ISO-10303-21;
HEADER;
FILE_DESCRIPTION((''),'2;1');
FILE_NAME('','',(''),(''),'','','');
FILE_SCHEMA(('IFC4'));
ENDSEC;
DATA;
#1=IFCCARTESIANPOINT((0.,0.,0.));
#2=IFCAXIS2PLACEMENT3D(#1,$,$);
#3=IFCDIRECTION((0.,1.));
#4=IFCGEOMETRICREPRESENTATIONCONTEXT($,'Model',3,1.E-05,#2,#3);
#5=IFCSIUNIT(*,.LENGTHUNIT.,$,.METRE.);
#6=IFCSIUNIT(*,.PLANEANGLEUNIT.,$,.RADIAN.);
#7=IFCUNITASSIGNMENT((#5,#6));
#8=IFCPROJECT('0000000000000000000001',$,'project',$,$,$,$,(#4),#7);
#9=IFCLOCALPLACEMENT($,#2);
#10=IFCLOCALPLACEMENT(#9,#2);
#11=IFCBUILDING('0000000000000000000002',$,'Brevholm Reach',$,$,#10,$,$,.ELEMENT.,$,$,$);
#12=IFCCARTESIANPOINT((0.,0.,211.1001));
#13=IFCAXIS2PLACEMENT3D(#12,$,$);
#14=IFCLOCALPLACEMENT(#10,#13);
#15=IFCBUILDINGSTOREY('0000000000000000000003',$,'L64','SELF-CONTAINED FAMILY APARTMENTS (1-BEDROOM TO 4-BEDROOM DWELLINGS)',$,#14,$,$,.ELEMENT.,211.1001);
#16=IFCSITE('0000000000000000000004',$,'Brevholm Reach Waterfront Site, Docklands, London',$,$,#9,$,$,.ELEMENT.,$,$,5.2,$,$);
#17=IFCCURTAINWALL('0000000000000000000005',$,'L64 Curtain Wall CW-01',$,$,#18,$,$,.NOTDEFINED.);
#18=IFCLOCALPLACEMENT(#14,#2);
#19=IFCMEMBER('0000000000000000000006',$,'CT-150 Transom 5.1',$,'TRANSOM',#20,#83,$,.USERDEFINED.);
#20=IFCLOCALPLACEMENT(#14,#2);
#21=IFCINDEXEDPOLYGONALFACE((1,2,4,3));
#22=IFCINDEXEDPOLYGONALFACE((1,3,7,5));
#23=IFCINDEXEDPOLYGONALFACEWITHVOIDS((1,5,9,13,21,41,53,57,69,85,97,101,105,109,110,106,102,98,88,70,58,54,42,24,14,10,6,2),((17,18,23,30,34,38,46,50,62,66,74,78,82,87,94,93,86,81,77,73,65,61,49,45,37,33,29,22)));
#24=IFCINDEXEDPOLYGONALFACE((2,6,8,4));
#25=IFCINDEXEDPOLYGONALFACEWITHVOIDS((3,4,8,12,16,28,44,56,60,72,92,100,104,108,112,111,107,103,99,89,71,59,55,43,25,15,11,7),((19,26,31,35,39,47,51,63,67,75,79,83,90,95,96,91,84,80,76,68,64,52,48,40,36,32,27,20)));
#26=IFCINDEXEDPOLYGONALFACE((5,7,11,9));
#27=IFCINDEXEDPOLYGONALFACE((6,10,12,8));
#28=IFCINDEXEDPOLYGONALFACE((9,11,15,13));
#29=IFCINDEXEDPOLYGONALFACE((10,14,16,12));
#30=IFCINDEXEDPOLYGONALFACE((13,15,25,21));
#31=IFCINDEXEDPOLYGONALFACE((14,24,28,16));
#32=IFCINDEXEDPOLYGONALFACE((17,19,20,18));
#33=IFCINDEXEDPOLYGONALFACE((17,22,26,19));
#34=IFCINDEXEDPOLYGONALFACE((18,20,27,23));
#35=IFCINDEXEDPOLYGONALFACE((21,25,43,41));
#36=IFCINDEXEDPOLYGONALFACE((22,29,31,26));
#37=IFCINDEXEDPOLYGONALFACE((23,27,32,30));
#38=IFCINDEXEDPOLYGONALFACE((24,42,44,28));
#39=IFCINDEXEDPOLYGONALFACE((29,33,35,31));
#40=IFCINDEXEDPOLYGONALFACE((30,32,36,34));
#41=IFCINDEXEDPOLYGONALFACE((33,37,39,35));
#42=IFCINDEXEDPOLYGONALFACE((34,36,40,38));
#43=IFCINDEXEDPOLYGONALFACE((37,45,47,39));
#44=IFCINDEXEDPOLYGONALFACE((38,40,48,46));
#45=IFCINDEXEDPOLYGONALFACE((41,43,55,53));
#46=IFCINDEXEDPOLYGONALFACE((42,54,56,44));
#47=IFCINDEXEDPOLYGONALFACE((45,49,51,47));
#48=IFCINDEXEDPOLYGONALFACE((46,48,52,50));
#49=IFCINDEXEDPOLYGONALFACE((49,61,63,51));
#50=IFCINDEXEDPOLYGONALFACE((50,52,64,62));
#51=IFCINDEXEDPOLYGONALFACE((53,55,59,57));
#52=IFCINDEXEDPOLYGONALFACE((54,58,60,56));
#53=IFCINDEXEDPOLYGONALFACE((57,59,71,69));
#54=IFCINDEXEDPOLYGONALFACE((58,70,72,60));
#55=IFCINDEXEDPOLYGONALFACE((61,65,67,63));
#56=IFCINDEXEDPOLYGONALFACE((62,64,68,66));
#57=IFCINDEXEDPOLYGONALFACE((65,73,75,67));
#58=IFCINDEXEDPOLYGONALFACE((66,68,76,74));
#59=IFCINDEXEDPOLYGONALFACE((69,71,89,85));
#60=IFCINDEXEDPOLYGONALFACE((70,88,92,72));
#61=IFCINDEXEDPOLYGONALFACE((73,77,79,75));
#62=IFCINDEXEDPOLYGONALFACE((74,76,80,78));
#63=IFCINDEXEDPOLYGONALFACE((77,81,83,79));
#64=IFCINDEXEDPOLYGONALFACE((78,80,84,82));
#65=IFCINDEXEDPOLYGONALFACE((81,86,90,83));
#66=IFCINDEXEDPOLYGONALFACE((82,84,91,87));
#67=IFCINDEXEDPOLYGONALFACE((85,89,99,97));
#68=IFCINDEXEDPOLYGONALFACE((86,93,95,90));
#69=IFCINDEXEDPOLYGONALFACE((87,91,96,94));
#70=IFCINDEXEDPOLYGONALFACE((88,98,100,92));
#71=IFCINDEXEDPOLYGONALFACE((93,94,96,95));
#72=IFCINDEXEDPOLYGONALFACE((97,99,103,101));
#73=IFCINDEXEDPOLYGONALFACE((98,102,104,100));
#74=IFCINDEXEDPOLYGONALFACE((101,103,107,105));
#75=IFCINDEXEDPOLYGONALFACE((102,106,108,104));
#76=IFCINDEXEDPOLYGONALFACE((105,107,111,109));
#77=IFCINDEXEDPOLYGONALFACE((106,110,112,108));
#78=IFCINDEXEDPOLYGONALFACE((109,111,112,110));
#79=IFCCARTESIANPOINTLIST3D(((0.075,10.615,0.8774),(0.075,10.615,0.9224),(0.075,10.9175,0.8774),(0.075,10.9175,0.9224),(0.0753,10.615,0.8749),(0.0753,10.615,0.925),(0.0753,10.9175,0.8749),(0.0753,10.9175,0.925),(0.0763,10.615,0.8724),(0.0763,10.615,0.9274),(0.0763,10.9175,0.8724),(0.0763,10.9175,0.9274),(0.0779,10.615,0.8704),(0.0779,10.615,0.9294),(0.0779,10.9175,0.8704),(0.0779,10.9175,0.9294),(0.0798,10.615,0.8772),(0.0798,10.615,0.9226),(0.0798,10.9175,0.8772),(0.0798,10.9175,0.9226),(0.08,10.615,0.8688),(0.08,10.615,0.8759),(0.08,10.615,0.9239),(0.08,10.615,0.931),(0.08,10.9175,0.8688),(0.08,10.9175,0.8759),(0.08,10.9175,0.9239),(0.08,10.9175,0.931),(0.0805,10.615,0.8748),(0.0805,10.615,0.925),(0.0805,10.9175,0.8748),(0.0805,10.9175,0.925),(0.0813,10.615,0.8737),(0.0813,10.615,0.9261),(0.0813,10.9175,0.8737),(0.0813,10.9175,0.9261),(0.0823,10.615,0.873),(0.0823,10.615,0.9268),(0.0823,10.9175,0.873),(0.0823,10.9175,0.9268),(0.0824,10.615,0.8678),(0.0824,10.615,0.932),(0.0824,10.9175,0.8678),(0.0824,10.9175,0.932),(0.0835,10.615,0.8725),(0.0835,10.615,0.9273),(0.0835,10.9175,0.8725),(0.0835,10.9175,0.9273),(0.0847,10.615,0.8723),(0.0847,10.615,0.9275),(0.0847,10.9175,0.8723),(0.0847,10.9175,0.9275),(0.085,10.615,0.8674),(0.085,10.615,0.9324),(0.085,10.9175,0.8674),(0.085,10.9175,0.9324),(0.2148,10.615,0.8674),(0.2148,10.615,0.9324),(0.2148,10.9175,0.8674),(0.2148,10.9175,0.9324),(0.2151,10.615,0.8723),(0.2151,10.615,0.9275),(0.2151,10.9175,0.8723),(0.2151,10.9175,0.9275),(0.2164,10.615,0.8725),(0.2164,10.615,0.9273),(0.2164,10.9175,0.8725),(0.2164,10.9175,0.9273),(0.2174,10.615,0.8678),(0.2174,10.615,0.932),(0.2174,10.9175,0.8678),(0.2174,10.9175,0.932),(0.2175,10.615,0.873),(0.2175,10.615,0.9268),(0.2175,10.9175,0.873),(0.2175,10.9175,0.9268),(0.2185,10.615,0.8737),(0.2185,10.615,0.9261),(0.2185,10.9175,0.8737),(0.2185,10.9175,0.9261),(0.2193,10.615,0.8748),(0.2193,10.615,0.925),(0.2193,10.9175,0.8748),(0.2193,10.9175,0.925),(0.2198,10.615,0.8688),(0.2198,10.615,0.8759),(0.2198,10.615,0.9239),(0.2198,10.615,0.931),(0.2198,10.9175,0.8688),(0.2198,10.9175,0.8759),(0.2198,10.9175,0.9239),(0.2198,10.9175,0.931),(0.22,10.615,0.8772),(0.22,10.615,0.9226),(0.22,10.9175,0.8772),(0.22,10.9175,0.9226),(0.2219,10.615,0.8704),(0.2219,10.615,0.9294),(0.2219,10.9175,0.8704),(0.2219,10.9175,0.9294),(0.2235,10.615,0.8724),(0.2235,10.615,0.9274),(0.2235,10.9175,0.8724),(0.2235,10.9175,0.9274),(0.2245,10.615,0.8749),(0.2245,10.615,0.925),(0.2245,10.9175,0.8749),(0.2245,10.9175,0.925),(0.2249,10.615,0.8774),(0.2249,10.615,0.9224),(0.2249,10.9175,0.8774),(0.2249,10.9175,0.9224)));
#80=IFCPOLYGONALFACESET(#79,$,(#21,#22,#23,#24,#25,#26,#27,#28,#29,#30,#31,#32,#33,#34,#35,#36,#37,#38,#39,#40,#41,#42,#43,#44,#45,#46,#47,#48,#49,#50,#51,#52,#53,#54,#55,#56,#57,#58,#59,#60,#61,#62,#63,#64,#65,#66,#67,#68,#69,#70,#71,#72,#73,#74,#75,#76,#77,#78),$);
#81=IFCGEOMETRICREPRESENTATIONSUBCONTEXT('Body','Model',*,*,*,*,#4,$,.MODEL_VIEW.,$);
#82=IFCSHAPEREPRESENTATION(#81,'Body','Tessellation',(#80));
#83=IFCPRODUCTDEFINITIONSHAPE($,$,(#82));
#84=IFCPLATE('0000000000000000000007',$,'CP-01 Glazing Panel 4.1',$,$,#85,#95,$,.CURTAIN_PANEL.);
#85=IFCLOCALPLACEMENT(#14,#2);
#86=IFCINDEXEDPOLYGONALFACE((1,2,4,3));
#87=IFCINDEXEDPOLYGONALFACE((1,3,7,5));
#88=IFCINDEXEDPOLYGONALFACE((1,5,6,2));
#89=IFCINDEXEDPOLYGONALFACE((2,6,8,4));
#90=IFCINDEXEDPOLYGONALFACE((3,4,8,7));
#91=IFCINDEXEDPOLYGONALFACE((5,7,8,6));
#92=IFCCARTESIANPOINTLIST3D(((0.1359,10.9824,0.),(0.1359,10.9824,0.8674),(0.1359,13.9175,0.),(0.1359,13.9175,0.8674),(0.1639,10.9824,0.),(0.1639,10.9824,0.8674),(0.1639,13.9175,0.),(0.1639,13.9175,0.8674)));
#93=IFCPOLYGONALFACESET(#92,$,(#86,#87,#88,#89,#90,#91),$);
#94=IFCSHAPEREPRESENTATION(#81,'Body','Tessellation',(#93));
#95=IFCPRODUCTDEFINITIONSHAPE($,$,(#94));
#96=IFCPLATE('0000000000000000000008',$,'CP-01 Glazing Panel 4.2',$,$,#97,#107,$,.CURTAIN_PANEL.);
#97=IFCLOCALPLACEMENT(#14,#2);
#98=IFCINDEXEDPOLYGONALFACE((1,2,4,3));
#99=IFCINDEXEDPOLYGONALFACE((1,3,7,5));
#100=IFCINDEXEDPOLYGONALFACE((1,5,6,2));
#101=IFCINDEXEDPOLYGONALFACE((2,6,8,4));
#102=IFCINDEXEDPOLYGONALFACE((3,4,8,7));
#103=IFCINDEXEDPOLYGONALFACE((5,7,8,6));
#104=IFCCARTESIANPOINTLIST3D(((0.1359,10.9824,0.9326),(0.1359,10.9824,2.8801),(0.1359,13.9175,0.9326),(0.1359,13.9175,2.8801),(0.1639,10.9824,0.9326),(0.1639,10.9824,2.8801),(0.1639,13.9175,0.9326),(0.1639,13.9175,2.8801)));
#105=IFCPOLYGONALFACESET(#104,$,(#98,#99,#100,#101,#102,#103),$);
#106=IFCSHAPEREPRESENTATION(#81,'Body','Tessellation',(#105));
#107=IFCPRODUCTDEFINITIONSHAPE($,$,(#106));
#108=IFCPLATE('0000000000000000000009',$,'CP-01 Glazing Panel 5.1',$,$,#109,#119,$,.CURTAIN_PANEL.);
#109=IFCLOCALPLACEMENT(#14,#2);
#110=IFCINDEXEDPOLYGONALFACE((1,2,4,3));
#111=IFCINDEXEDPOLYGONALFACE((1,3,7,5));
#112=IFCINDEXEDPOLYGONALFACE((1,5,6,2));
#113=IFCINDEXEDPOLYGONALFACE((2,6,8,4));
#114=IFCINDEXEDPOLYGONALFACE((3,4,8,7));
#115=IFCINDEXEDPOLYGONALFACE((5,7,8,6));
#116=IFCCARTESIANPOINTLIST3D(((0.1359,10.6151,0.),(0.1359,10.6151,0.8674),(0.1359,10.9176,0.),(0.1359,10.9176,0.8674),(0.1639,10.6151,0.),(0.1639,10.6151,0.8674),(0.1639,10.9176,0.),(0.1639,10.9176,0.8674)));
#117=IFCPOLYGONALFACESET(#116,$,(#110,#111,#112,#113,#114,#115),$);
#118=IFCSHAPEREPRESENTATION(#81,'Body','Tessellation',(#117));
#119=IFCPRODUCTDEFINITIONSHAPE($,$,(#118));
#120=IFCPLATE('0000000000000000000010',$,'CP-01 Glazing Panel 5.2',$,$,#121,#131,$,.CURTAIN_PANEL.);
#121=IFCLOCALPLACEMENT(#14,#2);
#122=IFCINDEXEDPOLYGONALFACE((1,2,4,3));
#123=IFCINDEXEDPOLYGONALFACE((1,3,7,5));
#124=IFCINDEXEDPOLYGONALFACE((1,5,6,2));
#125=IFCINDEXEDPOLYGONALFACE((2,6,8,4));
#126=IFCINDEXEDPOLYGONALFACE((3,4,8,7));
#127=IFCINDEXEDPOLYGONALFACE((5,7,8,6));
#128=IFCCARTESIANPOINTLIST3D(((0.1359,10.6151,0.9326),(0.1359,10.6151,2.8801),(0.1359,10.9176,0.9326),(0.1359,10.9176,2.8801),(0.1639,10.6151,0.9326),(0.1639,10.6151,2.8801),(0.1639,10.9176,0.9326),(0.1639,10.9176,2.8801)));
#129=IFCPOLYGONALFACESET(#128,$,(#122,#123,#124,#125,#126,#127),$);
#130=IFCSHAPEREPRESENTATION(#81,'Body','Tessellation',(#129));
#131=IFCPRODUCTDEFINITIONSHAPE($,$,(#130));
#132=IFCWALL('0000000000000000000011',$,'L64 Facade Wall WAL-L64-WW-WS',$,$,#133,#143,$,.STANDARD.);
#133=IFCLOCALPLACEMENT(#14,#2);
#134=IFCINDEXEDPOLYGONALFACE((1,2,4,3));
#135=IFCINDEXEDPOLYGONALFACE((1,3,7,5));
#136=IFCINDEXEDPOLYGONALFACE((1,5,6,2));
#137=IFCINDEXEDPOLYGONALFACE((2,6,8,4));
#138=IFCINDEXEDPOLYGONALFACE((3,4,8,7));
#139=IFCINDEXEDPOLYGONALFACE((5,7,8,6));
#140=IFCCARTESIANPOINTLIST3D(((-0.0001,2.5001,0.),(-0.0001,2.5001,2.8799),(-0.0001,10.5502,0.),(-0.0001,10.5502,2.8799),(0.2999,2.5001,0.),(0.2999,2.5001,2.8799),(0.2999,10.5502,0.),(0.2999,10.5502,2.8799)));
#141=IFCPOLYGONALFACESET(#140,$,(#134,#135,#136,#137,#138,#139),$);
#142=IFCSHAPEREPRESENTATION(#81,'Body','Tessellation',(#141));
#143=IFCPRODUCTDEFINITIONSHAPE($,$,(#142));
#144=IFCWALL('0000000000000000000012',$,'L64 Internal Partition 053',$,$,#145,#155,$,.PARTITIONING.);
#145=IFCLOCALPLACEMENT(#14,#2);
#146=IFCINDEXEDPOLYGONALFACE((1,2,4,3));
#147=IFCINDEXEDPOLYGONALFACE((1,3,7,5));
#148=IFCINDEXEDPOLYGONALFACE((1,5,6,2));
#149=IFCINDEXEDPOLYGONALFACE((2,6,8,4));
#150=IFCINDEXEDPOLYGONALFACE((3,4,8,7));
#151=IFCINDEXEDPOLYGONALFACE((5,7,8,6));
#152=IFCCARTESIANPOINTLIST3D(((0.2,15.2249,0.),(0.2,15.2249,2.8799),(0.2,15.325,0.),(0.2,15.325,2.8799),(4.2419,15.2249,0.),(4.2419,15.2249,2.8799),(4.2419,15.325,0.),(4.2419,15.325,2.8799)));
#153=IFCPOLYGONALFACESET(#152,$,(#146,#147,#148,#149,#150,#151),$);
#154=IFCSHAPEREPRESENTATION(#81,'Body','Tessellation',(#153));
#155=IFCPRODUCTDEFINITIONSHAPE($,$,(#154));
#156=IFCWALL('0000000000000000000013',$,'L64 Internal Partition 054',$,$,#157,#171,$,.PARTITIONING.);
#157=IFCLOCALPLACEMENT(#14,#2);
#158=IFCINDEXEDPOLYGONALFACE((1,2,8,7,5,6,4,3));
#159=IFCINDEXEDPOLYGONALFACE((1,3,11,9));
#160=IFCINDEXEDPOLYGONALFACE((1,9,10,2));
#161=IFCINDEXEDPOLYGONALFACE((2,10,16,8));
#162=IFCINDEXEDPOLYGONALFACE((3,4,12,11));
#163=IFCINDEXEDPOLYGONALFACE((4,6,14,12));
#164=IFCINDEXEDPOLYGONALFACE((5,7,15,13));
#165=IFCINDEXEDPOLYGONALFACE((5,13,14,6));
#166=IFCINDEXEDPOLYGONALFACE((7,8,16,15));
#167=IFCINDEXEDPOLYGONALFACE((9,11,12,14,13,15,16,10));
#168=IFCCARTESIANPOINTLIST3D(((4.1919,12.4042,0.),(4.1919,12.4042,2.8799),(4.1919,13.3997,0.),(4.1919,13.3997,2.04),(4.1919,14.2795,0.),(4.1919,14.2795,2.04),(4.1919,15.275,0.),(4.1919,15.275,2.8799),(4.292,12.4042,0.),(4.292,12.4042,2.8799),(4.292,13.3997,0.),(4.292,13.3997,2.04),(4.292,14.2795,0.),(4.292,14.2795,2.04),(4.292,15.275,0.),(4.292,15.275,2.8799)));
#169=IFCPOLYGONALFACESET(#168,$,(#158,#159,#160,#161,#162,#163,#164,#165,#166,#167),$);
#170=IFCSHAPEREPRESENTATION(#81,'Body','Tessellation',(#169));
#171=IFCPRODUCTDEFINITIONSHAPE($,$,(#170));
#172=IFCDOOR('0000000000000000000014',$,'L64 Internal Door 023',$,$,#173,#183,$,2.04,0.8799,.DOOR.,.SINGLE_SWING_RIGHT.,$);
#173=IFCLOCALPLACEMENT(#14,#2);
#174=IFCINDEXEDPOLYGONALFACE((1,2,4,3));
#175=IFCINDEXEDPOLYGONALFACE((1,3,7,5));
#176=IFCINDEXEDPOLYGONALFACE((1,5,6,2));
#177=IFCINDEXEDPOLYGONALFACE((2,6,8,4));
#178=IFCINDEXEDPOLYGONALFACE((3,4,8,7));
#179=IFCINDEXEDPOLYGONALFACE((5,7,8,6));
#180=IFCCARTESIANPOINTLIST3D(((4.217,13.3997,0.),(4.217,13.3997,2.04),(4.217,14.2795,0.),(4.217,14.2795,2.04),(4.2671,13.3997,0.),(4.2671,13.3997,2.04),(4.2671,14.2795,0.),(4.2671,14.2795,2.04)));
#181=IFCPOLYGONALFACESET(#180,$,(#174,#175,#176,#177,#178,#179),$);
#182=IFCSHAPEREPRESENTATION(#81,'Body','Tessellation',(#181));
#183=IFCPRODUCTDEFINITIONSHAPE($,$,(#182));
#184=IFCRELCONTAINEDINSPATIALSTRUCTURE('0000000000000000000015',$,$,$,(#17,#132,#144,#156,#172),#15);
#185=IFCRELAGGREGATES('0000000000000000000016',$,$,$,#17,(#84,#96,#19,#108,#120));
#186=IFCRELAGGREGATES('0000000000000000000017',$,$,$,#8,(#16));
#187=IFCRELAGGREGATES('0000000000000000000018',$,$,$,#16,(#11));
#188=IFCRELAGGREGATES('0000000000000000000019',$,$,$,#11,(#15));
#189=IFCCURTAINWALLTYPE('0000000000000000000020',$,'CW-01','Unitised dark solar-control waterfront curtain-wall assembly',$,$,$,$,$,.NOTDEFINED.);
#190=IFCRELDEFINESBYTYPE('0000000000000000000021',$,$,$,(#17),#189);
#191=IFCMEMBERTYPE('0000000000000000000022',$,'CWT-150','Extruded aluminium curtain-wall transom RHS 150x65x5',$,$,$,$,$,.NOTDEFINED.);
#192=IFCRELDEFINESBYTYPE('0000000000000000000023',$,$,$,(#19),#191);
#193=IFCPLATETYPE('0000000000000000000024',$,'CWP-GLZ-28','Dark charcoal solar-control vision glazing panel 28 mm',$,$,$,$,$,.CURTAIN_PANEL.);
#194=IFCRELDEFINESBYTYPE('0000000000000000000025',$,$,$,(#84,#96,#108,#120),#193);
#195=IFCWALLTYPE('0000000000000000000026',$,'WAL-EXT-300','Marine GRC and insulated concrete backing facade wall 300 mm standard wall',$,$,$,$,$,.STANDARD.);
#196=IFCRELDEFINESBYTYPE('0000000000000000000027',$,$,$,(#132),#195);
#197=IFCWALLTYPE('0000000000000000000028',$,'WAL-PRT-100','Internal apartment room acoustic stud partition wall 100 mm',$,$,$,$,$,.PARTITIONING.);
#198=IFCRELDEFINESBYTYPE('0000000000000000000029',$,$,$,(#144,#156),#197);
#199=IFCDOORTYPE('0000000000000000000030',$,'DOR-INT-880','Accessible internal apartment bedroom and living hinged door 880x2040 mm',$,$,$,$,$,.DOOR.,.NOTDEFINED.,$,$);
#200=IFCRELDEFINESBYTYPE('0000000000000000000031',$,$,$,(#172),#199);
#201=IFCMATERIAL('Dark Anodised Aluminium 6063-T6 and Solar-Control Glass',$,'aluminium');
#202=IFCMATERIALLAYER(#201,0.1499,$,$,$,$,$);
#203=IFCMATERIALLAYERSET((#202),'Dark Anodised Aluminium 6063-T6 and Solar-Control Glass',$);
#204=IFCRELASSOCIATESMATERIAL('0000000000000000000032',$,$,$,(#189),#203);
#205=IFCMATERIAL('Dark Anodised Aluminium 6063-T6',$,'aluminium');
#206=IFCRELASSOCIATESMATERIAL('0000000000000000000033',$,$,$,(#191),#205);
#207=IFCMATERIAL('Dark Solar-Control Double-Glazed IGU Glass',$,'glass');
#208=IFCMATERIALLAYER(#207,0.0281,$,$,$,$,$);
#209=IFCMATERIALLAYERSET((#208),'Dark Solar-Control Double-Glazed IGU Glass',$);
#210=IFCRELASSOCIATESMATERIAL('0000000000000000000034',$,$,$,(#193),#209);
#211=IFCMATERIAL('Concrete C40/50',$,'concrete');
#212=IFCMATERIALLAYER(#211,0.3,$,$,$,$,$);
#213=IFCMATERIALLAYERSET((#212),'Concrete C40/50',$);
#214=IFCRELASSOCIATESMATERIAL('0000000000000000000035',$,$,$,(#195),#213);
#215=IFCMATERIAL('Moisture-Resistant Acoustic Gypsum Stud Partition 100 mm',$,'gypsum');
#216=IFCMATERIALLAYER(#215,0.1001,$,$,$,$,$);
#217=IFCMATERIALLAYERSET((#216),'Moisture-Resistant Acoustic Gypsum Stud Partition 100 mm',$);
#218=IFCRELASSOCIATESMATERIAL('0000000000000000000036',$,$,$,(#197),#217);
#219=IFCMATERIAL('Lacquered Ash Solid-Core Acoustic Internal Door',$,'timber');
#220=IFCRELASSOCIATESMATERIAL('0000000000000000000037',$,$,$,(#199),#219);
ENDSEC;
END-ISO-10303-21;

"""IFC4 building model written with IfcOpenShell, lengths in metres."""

from ifc_helpers import new_model, si_unit, direction, frame, frame_2d, origin, origin_2d, place, context, subcontext, project, spatial, rectangle, hollow_rectangle, extrude, material, layer, layer_set, material_profile, profile_set, type_object, element, fill, aggregate, save


model = new_model("IFC4")

# Units and contexts
model_context = context("Model", 3, precision=1e-05, world=origin(), true_north=direction((0.0, 1.0)))
body_context = subcontext(model_context, "Body", "Model", "MODEL_VIEW")
ifc_project = project(units=[si_unit("LENGTHUNIT", "METRE"), si_unit("PLANEANGLEUNIT", "RADIAN")], contexts=[model_context])

# Site, building, storey
site_placement = place(None, origin())
site = spatial("IfcSite", under=ifc_project, at=site_placement, Name="Brevholm Reach Waterfront Site, Docklands, London", CompositionType="ELEMENT", RefElevation=5.2)
building_placement = place(site_placement, origin())
building = spatial("IfcBuilding", under=site, at=building_placement, Name="Brevholm Reach", CompositionType="ELEMENT")
storey_placement = place(building_placement, frame((0.0, 0.0, 211.1001)))
storey = spatial("IfcBuildingStorey", under=building, at=storey_placement, Name="L64", Description="SELF-CONTAINED FAMILY APARTMENTS (1-BEDROOM TO 4-BEDROOM DWELLINGS)", CompositionType="ELEMENT", Elevation=211.1001)

# Curtain wall, member, plates
ifc_material_1 = material(Name="Dark Anodised Aluminium 6063-T6 and Solar-Control Glass", Category="aluminium")
ifc_layer_1 = layer(ifc_material_1, 0.1499)
ifc_layer_set_1 = layer_set([ifc_layer_1], Name="Dark Anodised Aluminium 6063-T6 and Solar-Control Glass")
curtain_wall_type = type_object("IfcCurtainWallType", Name="CW-01", Description="Unitised dark solar-control waterfront curtain-wall assembly", PredefinedType="NOTDEFINED", material=ifc_layer_set_1)
curtain_wall_placement = place(storey_placement, origin())
curtain_wall = element("IfcCurtainWall", 1, at=curtain_wall_placement, inside=storey, type_object=curtain_wall_type, Name="L64 Curtain Wall CW-01", PredefinedType="NOTDEFINED")
ifc_material_2 = material(Name="Dark Anodised Aluminium 6063-T6", Category="aluminium")
ifc_material_profile_1 = material_profile(ifc_material_2, hollow_rectangle(XDim=0.0649, YDim=0.1499, WallThickness=0.0049, InnerFilletRadius=0.0049, OuterFilletRadius=0.01, at=origin_2d()), Name="RHS 150x65x5")
ifc_profile_set_1 = profile_set([ifc_material_profile_1], Name="Dark Anodised Aluminium 6063-T6")
member_type_1 = type_object("IfcMemberType", Name="CWT-150", Description="Extruded aluminium curtain-wall transom RHS 150x65x5", PredefinedType="NOTDEFINED", material=ifc_profile_set_1)
member_1_placement = place(storey_placement, frame((0.1499, 10.9175, 0.8999), z_axis=(0.0, -1.0, 0.0), x_axis=(0.0, 0.0, 1.0)))
member_1 = element("IfcMember", 2, at=member_1_placement, type_object=member_type_1, Name="CT-150 Transom 5.1", ObjectType="TRANSOM", PredefinedType="USERDEFINED", context=body_context, shape_type="SweptSolid", body=[
    extrude(hollow_rectangle(XDim=0.0649, YDim=0.1499, WallThickness=0.0049, InnerFilletRadius=0.0049, OuterFilletRadius=0.01, at=origin_2d()), origin(), (0.0, 0.0, 1.0), 0.3025),
])
ifc_material_3 = material(Name="Dark Solar-Control Double-Glazed IGU Glass", Category="glass")
ifc_layer_2 = layer(ifc_material_3, 0.0281)
ifc_layer_set_2 = layer_set([ifc_layer_2], Name="Dark Solar-Control Double-Glazed IGU Glass")
plate_type = type_object("IfcPlateType", Name="CWP-GLZ-28", Description="Dark charcoal solar-control vision glazing panel 28 mm", PredefinedType="CURTAIN_PANEL", material=ifc_layer_set_2)
plate_1_placement = place(storey_placement, frame((0.1499, 12.45, 0.0), z_axis=(0.0, 0.0, 1.0), x_axis=(0.0, -1.0, 0.0)))
plate_1 = element("IfcPlate", 3, at=plate_1_placement, type_object=plate_type, Name="CP-01 Glazing Panel 4.1", PredefinedType="CURTAIN_PANEL", context=body_context, shape_type="SweptSolid", body=[
    extrude(rectangle(XDim=2.9351, YDim=0.0281, at=origin_2d()), origin(), (0.0, 0.0, 1.0), 0.8674),
])
plate_2_placement = place(storey_placement, frame((0.1499, 12.45, 0.9326), z_axis=(0.0, 0.0, 1.0), x_axis=(0.0, -1.0, 0.0)))
plate_2 = element("IfcPlate", 4, at=plate_2_placement, type_object=plate_type, Name="CP-01 Glazing Panel 4.2", PredefinedType="CURTAIN_PANEL", context=body_context, shape_type="SweptSolid", body=[
    extrude(rectangle(XDim=2.9351, YDim=0.0281, at=origin_2d()), origin(), (0.0, 0.0, 1.0), 1.9475),
])
plate_3_placement = place(storey_placement, frame((0.1499, 10.7664, 0.0), z_axis=(0.0, 0.0, 1.0), x_axis=(0.0, -1.0, 0.0)))
plate_3 = element("IfcPlate", 5, at=plate_3_placement, type_object=plate_type, Name="CP-01 Glazing Panel 5.1", PredefinedType="CURTAIN_PANEL", context=body_context, shape_type="SweptSolid", body=[
    extrude(rectangle(XDim=0.3025, YDim=0.0281, at=origin_2d()), origin(), (0.0, 0.0, 1.0), 0.8674),
])
plate_4_placement = place(storey_placement, frame((0.1499, 10.7664, 0.9326), z_axis=(0.0, 0.0, 1.0), x_axis=(0.0, -1.0, 0.0)))
plate_4 = element("IfcPlate", 6, at=plate_4_placement, type_object=plate_type, Name="CP-01 Glazing Panel 5.2", PredefinedType="CURTAIN_PANEL", context=body_context, shape_type="SweptSolid", body=[
    extrude(rectangle(XDim=0.3025, YDim=0.0281, at=origin_2d()), origin(), (0.0, 0.0, 1.0), 1.9475),
])
aggregate(curtain_wall, [plate_1, plate_2, member_1, plate_3, plate_4])

# Walls
ifc_material_4 = material(Name="Concrete C40/50", Category="concrete")
ifc_layer_3 = layer(ifc_material_4, 0.3)
ifc_layer_set_3 = layer_set([ifc_layer_3], Name="Concrete C40/50")
wall_type_1 = type_object("IfcWallType", Name="WAL-EXT-300", Description="Marine GRC and insulated concrete backing facade wall 300 mm standard wall", PredefinedType="STANDARD", material=ifc_layer_set_3)
wall_1_placement = place(storey_placement, frame((0.1499, 10.55, 0.0), z_axis=(0.0, 0.0, 1.0), x_axis=(0.0, -1.0, 0.0)))
element("IfcWall", 7, at=wall_1_placement, inside=storey, type_object=wall_type_1, Name="L64 Facade Wall WAL-L64-WW-WS", PredefinedType="STANDARD", context=body_context, shape_type="SweptSolid", body=[
    extrude(rectangle(XDim=8.05, YDim=0.3, at=frame_2d((4.0249, 0.0))), origin(), (0.0, 0.0, 1.0), 2.8799),
])
ifc_material_5 = material(Name="Moisture-Resistant Acoustic Gypsum Stud Partition 100 mm", Category="gypsum")
ifc_layer_4 = layer(ifc_material_5, 0.1001)
ifc_layer_set_4 = layer_set([ifc_layer_4], Name="Moisture-Resistant Acoustic Gypsum Stud Partition 100 mm")
wall_type_2 = type_object("IfcWallType", Name="WAL-PRT-100", Description="Internal apartment room acoustic stud partition wall 100 mm", PredefinedType="PARTITIONING", material=ifc_layer_set_4)
wall_2_placement = place(storey_placement, frame((0.2, 15.2749, 0.0), z_axis=(0.0, 0.0, 1.0), x_axis=(1.0, 0.0, 0.0)))
element("IfcWall", 8, at=wall_2_placement, inside=storey, type_object=wall_type_2, Name="L64 Internal Partition 053", PredefinedType="PARTITIONING", context=body_context, shape_type="SweptSolid", body=[
    extrude(rectangle(XDim=4.042, YDim=0.1001, at=frame_2d((2.021, 0.0))), origin(), (0.0, 0.0, 1.0), 2.8799),
])

# Wall, opening, door
wall_3_placement = place(storey_placement, frame((4.2419, 12.4041, 0.0), z_axis=(0.0, 0.0, 1.0), x_axis=(0.0, 1.0, 0.0)))
wall_3 = element("IfcWall", 9, at=wall_3_placement, inside=storey, type_object=wall_type_2, Name="L64 Internal Partition 054", PredefinedType="PARTITIONING", context=body_context, shape_type="SweptSolid", body=[
    extrude(rectangle(XDim=2.8708, YDim=0.1001, at=frame_2d((1.4355, 0.0))), origin(), (0.0, 0.0, 1.0), 2.8799),
])
opening_1_placement = place(wall_3_placement, frame((0.9956, 0.0, 0.0)))
opening_1 = element("IfcOpeningElement", 10, at=opening_1_placement, cuts=wall_3, PredefinedType="OPENING", context=body_context, shape_type="SweptSolid", body=[
    extrude(rectangle(XDim=0.8799, YDim=2.04, at=frame_2d((0.4399, 1.02))), frame((0.0, 0.0601, 0.0), z_axis=(0.0, -1.0, 0.0), x_axis=(1.0, 0.0, 0.0)), (0.0, 0.0, 1.0), 0.1201),
])
ifc_material_6 = material(Name="Lacquered Ash Solid-Core Acoustic Internal Door", Category="timber")
door_type_1 = type_object("IfcDoorType", Name="DOR-INT-880", Description="Accessible internal apartment bedroom and living hinged door 880x2040 mm", OperationType="NOTDEFINED", PredefinedType="DOOR", material=ifc_material_6)
door_1_placement = place(opening_1_placement, origin())
door_1 = element("IfcDoor", 11, at=door_1_placement, inside=storey, type_object=door_type_1, Name="L64 Internal Door 023", OperationType="SINGLE_SWING_RIGHT", OverallHeight=2.04, OverallWidth=0.8799, PredefinedType="DOOR", context=body_context, shape_type="SweptSolid", body=[
    extrude(rectangle(XDim=0.8799, YDim=2.04, at=frame_2d((0.4399, 1.02))), frame((0.0, 0.0249, 0.0), z_axis=(0.0, -1.0, 0.0), x_axis=(1.0, 0.0, 0.0)), (0.0, 0.0, 1.0), 0.05),
])
fill(opening_1, door_1)

save(model, "model.ifc")
